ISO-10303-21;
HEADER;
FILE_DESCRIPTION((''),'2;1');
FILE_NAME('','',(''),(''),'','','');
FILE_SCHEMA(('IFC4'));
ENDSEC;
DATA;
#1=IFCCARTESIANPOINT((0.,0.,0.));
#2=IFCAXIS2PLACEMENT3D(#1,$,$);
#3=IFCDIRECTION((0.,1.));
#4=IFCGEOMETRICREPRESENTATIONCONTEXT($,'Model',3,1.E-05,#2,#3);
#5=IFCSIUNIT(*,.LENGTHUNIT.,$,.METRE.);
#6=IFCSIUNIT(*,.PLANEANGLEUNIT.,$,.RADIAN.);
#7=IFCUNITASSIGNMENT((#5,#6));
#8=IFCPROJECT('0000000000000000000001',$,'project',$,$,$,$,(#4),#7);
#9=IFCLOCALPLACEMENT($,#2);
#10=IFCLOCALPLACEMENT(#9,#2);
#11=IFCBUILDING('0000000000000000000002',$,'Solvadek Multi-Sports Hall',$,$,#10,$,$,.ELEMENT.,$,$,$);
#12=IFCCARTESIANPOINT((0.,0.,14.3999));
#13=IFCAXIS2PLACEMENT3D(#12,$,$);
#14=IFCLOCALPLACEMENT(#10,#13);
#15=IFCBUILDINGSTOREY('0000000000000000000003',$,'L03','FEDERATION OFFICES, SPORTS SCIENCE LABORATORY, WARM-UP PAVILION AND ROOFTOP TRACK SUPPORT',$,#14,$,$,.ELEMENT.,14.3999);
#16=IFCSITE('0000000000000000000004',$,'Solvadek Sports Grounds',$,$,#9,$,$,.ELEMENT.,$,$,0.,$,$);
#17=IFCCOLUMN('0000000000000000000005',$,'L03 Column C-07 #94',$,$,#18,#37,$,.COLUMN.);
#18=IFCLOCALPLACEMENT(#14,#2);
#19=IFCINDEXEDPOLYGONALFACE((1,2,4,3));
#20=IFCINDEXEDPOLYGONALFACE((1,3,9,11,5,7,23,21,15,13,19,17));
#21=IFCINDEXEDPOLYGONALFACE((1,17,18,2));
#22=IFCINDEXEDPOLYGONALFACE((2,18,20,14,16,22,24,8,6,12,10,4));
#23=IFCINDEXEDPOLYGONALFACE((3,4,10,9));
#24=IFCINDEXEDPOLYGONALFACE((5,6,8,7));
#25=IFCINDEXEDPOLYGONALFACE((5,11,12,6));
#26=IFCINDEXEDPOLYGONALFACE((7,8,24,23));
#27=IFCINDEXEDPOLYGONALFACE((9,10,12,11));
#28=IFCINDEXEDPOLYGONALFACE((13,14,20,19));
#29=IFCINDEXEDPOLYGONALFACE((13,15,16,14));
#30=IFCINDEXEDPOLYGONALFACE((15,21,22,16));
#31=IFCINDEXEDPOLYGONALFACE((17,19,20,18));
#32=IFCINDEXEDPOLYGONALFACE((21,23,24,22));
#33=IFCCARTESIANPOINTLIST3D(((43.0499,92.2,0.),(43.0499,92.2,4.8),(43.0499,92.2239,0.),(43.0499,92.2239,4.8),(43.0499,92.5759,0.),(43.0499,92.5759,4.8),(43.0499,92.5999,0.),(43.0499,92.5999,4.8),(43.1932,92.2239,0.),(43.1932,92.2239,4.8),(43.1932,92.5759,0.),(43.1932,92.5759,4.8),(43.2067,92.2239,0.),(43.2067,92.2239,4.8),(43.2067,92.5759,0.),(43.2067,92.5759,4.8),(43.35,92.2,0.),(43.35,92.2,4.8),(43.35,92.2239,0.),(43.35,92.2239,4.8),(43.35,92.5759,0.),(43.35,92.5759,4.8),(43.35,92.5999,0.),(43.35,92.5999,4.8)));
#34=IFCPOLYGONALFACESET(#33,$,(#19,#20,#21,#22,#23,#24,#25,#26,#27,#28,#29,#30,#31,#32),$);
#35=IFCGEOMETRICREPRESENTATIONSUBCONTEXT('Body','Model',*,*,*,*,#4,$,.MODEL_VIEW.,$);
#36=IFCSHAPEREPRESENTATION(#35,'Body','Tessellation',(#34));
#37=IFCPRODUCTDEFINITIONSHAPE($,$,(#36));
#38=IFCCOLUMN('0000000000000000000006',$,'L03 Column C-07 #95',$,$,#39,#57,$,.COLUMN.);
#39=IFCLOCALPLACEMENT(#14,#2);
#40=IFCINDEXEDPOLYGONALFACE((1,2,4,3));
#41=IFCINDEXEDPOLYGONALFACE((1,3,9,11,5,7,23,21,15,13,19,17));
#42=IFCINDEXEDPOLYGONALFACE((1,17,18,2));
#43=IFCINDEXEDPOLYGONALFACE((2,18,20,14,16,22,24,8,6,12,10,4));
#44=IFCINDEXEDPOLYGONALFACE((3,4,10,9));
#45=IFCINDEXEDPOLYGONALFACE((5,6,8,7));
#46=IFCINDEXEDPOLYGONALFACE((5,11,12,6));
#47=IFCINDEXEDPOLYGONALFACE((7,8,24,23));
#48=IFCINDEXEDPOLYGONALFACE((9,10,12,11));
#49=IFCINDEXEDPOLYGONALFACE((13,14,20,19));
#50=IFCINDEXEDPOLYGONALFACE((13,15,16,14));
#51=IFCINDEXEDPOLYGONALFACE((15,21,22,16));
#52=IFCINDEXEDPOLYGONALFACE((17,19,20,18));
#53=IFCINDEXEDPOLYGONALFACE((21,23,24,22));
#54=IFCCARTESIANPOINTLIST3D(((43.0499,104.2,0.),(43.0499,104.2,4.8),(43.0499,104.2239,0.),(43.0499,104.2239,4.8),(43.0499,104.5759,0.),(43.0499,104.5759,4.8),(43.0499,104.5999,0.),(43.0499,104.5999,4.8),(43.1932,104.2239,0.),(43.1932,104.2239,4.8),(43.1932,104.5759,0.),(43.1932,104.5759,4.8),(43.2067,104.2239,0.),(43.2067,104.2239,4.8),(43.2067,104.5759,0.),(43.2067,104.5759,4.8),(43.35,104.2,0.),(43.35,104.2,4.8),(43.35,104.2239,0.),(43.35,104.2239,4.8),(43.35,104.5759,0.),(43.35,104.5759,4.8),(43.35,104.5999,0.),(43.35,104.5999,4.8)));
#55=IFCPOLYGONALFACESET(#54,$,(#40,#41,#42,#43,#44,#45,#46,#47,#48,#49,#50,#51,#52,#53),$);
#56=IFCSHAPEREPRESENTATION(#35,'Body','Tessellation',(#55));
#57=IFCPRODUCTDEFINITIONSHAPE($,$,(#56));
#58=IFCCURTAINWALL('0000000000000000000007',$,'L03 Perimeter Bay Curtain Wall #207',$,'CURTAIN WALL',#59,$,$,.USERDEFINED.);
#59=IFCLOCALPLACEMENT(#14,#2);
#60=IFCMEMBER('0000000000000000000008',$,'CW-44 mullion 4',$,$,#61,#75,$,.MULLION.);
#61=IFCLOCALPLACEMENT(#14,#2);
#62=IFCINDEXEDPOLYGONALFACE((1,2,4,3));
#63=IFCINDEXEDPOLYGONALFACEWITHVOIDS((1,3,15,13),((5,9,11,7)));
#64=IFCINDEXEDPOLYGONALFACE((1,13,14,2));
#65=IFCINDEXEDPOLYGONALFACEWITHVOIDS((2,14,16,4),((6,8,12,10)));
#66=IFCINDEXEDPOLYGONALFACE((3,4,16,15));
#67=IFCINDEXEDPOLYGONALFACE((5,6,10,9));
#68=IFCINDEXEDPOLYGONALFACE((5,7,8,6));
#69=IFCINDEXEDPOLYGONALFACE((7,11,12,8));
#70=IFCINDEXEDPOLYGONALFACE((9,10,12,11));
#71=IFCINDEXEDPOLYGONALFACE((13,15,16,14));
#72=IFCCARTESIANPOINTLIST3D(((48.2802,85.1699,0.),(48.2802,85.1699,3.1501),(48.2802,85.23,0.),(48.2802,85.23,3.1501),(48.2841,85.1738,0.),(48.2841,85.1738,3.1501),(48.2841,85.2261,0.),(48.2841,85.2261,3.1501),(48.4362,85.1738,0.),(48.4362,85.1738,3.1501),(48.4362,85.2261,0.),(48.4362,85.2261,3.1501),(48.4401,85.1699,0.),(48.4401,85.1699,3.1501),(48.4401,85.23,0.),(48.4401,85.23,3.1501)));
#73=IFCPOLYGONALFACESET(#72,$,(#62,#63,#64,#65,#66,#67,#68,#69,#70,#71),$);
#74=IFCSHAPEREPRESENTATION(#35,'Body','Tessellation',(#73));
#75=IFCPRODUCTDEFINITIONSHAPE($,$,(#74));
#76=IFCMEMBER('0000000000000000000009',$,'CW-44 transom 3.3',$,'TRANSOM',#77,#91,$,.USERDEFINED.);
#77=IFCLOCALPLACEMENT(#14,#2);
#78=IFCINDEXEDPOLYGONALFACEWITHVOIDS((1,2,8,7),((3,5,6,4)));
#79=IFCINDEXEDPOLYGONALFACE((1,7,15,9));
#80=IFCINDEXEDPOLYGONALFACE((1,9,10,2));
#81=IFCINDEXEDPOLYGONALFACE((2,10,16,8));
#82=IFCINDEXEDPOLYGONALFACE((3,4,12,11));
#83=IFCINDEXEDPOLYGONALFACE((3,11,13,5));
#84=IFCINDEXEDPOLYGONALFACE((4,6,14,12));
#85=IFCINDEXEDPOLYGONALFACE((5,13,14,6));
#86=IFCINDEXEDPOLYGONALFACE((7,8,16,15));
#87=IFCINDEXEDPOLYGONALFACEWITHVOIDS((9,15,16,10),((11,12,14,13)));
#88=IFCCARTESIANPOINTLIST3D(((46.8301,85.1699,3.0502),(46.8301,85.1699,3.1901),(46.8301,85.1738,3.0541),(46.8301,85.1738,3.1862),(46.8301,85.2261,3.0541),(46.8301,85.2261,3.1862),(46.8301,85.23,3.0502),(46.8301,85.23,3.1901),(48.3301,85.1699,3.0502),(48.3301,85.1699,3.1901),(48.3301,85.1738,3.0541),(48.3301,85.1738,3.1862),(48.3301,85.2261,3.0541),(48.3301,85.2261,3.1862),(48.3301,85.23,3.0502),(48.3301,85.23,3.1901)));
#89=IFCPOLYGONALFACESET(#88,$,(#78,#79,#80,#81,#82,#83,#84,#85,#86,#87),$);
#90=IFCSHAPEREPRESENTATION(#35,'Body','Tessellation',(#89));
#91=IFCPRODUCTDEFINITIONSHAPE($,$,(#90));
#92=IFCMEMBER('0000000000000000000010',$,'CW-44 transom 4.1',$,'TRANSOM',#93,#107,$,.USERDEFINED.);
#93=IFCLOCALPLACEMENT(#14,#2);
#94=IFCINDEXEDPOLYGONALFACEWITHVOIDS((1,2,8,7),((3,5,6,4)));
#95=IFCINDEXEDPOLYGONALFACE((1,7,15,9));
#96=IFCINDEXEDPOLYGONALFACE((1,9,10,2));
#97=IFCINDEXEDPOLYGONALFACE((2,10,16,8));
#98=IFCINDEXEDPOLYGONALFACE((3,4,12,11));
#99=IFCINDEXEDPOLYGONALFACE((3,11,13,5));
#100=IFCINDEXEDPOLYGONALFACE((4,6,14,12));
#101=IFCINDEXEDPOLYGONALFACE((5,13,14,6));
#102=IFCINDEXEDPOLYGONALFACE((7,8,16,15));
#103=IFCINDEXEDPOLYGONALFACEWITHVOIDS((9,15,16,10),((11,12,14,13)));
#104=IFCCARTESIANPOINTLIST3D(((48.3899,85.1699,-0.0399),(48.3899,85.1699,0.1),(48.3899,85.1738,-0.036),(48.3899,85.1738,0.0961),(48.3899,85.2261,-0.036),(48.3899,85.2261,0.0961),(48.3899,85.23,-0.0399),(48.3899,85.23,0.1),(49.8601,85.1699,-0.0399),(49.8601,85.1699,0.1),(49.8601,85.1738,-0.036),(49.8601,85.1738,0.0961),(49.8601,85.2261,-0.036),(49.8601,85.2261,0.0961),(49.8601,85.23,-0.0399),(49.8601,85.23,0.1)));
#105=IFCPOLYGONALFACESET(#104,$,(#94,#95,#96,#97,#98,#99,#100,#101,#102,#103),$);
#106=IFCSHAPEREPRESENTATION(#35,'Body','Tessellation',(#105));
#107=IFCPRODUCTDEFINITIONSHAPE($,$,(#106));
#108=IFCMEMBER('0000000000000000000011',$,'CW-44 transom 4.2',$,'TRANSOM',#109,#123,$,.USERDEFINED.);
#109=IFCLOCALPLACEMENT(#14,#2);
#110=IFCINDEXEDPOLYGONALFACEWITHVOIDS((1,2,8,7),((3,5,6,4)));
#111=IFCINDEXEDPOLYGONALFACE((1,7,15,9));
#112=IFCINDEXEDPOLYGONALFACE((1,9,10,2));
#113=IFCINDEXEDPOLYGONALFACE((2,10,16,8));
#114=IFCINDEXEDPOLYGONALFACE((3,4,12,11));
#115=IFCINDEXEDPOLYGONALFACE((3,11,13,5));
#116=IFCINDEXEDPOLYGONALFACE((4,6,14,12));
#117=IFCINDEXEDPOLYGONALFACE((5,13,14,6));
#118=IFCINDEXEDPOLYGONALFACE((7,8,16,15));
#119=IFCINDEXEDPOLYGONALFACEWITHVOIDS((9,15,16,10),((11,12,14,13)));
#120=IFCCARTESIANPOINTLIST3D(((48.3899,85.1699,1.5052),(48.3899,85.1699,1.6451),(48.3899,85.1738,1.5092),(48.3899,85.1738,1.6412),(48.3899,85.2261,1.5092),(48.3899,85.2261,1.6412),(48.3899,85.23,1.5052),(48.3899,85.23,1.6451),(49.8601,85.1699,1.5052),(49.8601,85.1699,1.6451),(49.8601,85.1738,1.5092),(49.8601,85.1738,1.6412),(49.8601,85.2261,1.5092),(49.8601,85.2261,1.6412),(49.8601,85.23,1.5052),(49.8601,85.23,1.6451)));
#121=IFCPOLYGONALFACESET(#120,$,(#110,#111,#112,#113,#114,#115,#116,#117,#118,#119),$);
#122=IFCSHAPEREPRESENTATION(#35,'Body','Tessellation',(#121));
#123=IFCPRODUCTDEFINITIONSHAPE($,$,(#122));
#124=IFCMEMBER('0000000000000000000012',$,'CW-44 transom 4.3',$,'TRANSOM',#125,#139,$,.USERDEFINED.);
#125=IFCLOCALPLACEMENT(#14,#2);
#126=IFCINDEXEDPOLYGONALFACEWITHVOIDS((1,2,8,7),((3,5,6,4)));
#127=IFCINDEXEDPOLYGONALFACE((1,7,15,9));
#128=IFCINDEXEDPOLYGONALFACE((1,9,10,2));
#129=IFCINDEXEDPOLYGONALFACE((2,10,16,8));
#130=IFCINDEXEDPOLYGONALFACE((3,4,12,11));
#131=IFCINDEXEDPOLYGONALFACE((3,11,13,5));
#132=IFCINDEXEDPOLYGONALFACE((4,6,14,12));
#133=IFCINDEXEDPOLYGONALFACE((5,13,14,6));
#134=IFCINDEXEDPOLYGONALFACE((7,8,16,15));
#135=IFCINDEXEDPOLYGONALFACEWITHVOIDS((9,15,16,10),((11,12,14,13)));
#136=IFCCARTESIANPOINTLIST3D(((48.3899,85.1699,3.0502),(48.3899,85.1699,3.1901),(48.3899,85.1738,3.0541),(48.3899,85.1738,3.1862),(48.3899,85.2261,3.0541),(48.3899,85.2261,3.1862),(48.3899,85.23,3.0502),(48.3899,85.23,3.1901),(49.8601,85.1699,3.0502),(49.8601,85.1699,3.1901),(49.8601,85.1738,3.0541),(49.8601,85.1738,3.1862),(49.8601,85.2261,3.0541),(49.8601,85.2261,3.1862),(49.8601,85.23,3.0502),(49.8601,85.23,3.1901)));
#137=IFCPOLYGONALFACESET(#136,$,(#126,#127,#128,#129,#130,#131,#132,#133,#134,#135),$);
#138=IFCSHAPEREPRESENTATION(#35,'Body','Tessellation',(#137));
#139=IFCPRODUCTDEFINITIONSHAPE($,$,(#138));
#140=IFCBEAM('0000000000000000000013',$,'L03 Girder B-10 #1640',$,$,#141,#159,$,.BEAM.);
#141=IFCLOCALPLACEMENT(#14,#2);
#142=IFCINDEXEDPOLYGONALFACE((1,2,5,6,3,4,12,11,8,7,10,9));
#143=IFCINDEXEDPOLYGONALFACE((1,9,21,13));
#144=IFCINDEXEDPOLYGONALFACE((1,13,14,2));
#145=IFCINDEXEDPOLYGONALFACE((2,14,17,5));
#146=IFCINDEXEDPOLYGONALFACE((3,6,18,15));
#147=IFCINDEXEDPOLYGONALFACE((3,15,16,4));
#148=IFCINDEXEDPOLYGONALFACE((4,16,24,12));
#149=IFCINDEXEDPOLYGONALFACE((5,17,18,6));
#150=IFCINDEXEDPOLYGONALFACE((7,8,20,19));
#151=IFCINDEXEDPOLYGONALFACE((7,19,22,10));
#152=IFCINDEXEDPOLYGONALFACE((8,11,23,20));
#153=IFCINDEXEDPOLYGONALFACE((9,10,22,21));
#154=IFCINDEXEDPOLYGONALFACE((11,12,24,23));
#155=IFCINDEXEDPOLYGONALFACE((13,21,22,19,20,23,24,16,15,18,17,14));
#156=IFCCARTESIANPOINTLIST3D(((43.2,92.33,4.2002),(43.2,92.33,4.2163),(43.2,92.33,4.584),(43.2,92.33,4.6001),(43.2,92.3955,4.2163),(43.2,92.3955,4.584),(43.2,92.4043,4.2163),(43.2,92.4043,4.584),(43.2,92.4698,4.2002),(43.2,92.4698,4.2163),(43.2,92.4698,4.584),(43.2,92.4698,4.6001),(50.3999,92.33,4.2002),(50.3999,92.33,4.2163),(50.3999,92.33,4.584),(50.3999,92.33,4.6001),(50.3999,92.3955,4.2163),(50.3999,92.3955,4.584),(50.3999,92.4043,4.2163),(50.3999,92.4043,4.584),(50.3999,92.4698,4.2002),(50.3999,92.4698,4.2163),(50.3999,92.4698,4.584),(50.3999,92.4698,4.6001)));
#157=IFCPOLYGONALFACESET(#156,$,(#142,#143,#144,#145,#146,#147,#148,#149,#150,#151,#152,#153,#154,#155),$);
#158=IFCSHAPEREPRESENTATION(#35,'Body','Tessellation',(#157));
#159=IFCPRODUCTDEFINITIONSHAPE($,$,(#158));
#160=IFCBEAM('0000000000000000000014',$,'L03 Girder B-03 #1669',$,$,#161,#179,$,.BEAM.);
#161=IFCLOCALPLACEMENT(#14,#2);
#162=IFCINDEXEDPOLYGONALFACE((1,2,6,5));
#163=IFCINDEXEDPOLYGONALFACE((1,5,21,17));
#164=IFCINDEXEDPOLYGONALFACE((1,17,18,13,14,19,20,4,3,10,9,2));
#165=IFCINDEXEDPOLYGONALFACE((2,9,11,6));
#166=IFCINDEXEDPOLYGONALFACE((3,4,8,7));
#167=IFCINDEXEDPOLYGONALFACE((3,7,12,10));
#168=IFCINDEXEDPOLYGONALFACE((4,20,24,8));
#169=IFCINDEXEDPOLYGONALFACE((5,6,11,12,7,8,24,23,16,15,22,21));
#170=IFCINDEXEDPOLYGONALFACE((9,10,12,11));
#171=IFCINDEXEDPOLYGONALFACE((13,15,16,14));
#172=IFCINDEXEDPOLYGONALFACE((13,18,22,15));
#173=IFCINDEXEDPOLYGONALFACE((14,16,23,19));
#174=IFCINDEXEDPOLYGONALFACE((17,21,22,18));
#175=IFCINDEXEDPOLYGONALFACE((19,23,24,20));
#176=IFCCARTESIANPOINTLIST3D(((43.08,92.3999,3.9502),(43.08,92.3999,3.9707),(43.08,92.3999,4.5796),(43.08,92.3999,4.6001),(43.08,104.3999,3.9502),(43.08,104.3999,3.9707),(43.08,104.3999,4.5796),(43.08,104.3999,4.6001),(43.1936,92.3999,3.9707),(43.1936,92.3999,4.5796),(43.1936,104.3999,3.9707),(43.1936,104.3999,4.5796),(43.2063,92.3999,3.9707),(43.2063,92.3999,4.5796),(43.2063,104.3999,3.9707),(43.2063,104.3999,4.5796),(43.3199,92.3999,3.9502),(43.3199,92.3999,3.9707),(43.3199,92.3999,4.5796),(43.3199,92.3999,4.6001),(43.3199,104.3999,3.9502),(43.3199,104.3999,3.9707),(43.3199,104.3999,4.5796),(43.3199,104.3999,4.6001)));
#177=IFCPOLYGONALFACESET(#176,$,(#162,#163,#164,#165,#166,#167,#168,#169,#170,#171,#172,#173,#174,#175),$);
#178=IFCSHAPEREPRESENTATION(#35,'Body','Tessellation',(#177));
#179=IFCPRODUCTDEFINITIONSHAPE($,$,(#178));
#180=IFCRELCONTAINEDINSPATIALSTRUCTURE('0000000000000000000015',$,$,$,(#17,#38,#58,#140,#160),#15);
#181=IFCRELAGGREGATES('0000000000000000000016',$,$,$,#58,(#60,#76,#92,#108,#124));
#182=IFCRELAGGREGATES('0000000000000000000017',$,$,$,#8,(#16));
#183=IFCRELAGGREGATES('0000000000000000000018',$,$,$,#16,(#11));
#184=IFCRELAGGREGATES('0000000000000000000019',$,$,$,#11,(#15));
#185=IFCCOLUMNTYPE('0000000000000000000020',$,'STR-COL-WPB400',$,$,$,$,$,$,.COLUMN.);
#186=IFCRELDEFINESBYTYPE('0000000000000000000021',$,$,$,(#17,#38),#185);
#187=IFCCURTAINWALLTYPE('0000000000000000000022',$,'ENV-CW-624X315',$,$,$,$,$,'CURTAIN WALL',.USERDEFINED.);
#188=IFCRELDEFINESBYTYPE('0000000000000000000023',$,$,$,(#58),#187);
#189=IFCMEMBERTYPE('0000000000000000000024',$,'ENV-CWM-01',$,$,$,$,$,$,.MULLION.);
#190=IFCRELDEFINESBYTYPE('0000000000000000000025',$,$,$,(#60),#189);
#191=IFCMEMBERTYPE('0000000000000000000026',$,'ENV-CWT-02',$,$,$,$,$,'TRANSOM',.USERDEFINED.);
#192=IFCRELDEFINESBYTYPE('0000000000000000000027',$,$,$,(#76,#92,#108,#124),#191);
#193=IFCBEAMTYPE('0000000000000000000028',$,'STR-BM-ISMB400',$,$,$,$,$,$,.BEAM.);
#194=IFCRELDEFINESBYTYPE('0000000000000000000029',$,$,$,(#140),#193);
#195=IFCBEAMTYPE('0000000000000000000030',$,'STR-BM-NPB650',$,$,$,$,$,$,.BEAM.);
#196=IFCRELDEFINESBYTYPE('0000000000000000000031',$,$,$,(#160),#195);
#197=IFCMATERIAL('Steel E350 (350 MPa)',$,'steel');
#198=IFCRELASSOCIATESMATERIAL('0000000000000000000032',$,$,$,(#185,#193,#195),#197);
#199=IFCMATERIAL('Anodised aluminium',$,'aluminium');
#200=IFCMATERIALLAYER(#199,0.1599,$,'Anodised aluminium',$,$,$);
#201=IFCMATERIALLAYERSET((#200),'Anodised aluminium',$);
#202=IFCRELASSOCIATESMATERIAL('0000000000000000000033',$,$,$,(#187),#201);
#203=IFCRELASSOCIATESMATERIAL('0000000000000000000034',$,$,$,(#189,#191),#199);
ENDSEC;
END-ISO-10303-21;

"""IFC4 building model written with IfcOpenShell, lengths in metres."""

from ifc_helpers import new_model, si_unit, direction, frame, origin, origin_2d, place, context, subcontext, project, spatial, hollow_rectangle, i_section, extrude, material, layer, layer_set, material_profile, profile_set, type_object, element, aggregate, save


model = new_model("IFC4")

# Units and contexts
model_context = context("Model", 3, precision=1e-05, world=origin(), true_north=direction((0.0, 1.0)))
body_context = subcontext(model_context, "Body", "Model", "MODEL_VIEW")
ifc_project = project(units=[si_unit("LENGTHUNIT", "METRE"), si_unit("PLANEANGLEUNIT", "RADIAN")], contexts=[model_context])

# Site, building, storey
site_placement = place(None, origin())
site = spatial("IfcSite", under=ifc_project, at=site_placement, Name="Solvadek Sports Grounds", CompositionType="ELEMENT", RefElevation=0.0)
building_placement = place(site_placement, origin())
building = spatial("IfcBuilding", under=site, at=building_placement, Name="Solvadek Multi-Sports Hall", CompositionType="ELEMENT")
storey_placement = place(building_placement, frame((0.0, 0.0, 14.3999)))
storey = spatial("IfcBuildingStorey", under=building, at=storey_placement, Name="L03", Description="FEDERATION OFFICES, SPORTS SCIENCE LABORATORY, WARM-UP PAVILION AND ROOFTOP TRACK SUPPORT", CompositionType="ELEMENT", Elevation=14.3999)

# Columns
ifc_material_1 = material(Name="Steel E350 (350 MPa)", Category="steel")
ifc_material_profile_1 = material_profile(ifc_material_1, i_section(OverallWidth=0.3, OverallDepth=0.3999, WebThickness=0.0134, FlangeThickness=0.0239, at=origin_2d()), Name="WPB 400")
ifc_profile_set_1 = profile_set([ifc_material_profile_1], Name="Steel E350 (350 MPa)")
column_type = type_object("IfcColumnType", Name="STR-COL-WPB400", PredefinedType="COLUMN", material=ifc_profile_set_1)
for number, where, z_axis, x_axis, name in (
    (1, (43.2, 92.3999, 0.0), (0.0, 0.0, 1.0), (1.0, 0.0, 0.0), "L03 Column C-07 #94"),
    (2, (43.2, 104.3999, 0.0), (0.0, 0.0, 1.0), (1.0, 0.0, 0.0), "L03 Column C-07 #95"),
):
    element("IfcColumn", number, at=place(storey_placement, frame(where, z_axis=z_axis, x_axis=x_axis)), inside=storey, type_object=column_type, Name=name, PredefinedType="COLUMN", context=body_context, shape_type="SweptSolid", body=[
        extrude(i_section(OverallWidth=0.3, OverallDepth=0.3999, WebThickness=0.0134, FlangeThickness=0.0239, at=origin_2d()), origin(), (0.0, 0.0, 1.0), 4.8),
    ])

# Curtain wall, members
ifc_material_2 = material(Name="Anodised aluminium", Category="aluminium")
ifc_layer_1 = layer(ifc_material_2, 0.1599, Name="Anodised aluminium")
ifc_layer_set_1 = layer_set([ifc_layer_1], Name="Anodised aluminium")
curtain_wall_type = type_object("IfcCurtainWallType", Name="ENV-CW-624X315", ElementType="CURTAIN WALL", PredefinedType="USERDEFINED", material=ifc_layer_set_1)
curtain_wall_placement = place(storey_placement, origin())
curtain_wall = element("IfcCurtainWall", 3, at=curtain_wall_placement, inside=storey, type_object=curtain_wall_type, Name="L03 Perimeter Bay Curtain Wall #207", ObjectType="CURTAIN WALL", PredefinedType="USERDEFINED")
ifc_material_profile_2 = material_profile(ifc_material_2, hollow_rectangle(XDim=0.0601, YDim=0.1599, WallThickness=0.0039, at=origin_2d()), Name="ALU-M 160x60x4")
ifc_profile_set_2 = profile_set([ifc_material_profile_2], Name="Anodised aluminium")
member_type_1 = type_object("IfcMemberType", Name="ENV-CWM-01", PredefinedType="MULLION", material=ifc_profile_set_2)
member_1_placement = place(storey_placement, frame((48.3601, 85.2, 0.0), z_axis=(0.0, 0.0, 1.0), x_axis=(0.0, 1.0, 0.0)))
member_1 = element("IfcMember", 4, at=member_1_placement, type_object=member_type_1, Name="CW-44 mullion 4", PredefinedType="MULLION", context=body_context, shape_type="SweptSolid", body=[
    extrude(hollow_rectangle(XDim=0.0601, YDim=0.1599, WallThickness=0.0039, at=origin_2d()), origin(), (0.0, 0.0, 1.0), 3.1501),
])
ifc_material_profile_3 = material_profile(ifc_material_2, hollow_rectangle(XDim=0.0601, YDim=0.1399, WallThickness=0.0039, at=origin_2d()), Name="ALU-T 140x60x4")
ifc_profile_set_3 = profile_set([ifc_material_profile_3], Name="Anodised aluminium")
member_type_2 = type_object("IfcMemberType", Name="ENV-CWT-02", ElementType="TRANSOM", PredefinedType="USERDEFINED", material=ifc_profile_set_3)
member_2_placement = place(storey_placement, frame((46.8301, 85.2, 3.1201), z_axis=(1.0, 0.0, 0.0), x_axis=(0.0, 1.0, 0.0)))
member_2 = element("IfcMember", 5, at=member_2_placement, type_object=member_type_2, Name="CW-44 transom 3.3", ObjectType="TRANSOM", PredefinedType="USERDEFINED", context=body_context, shape_type="SweptSolid", body=[
    extrude(hollow_rectangle(XDim=0.0601, YDim=0.1399, WallThickness=0.0039, at=origin_2d()), origin(), (0.0, 0.0, 1.0), 1.5),
])
member_3_placement = place(storey_placement, frame((48.3899, 85.2, 0.03), z_axis=(1.0, 0.0, 0.0), x_axis=(0.0, 1.0, 0.0)))
member_3 = element("IfcMember", 6, at=member_3_placement, type_object=member_type_2, Name="CW-44 transom 4.1", ObjectType="TRANSOM", PredefinedType="USERDEFINED", context=body_context, shape_type="SweptSolid", body=[
    extrude(hollow_rectangle(XDim=0.0601, YDim=0.1399, WallThickness=0.0039, at=origin_2d()), origin(), (0.0, 0.0, 1.0), 1.4702),
])
member_4_placement = place(storey_placement, frame((48.3899, 85.2, 1.5752), z_axis=(1.0, 0.0, 0.0), x_axis=(0.0, 1.0, 0.0)))
member_4 = element("IfcMember", 7, at=member_4_placement, type_object=member_type_2, Name="CW-44 transom 4.2", ObjectType="TRANSOM", PredefinedType="USERDEFINED", context=body_context, shape_type="SweptSolid", body=[
    extrude(hollow_rectangle(XDim=0.0601, YDim=0.1399, WallThickness=0.0039, at=origin_2d()), origin(), (0.0, 0.0, 1.0), 1.4702),
])
member_5_placement = place(storey_placement, frame((48.3899, 85.2, 3.1201), z_axis=(1.0, 0.0, 0.0), x_axis=(0.0, 1.0, 0.0)))
member_5 = element("IfcMember", 8, at=member_5_placement, type_object=member_type_2, Name="CW-44 transom 4.3", ObjectType="TRANSOM", PredefinedType="USERDEFINED", context=body_context, shape_type="SweptSolid", body=[
    extrude(hollow_rectangle(XDim=0.0601, YDim=0.1399, WallThickness=0.0039, at=origin_2d()), origin(), (0.0, 0.0, 1.0), 1.4702),
])

# Beams
ifc_material_profile_4 = material_profile(ifc_material_1, i_section(OverallWidth=0.1399, OverallDepth=0.3999, WebThickness=0.0088, FlangeThickness=0.0161, at=origin_2d()), Name="ISMB 400")
ifc_profile_set_4 = profile_set([ifc_material_profile_4], Name="Steel E350 (350 MPa)")
beam_type_1 = type_object("IfcBeamType", Name="STR-BM-ISMB400", PredefinedType="BEAM", material=ifc_profile_set_4)
beam_1_placement = place(storey_placement, frame((43.2, 92.3999, 4.4001), z_axis=(1.0, 0.0, 0.0), x_axis=(0.0, 1.0, 0.0)))
element("IfcBeam", 9, at=beam_1_placement, inside=storey, type_object=beam_type_1, Name="L03 Girder B-10 #1640", PredefinedType="BEAM", context=body_context, shape_type="SweptSolid", body=[
    extrude(i_section(OverallWidth=0.1399, OverallDepth=0.3999, WebThickness=0.0088, FlangeThickness=0.0161, at=origin_2d()), origin(), (0.0, 0.0, 1.0), 7.2),
])
ifc_material_profile_5 = material_profile(ifc_material_1, i_section(OverallWidth=0.24, OverallDepth=0.6499, WebThickness=0.0127, FlangeThickness=0.0205, at=origin_2d()), Name="NPB 650")
ifc_profile_set_5 = profile_set([ifc_material_profile_5], Name="Steel E350 (350 MPa)")
beam_type_2 = type_object("IfcBeamType", Name="STR-BM-NPB650", PredefinedType="BEAM", material=ifc_profile_set_5)
beam_2_placement = place(storey_placement, frame((43.2, 92.3999, 4.2751), z_axis=(0.0, 1.0, 0.0), x_axis=(-1.0, 0.0, 0.0)))
element("IfcBeam", 10, at=beam_2_placement, inside=storey, type_object=beam_type_2, Name="L03 Girder B-03 #1669", PredefinedType="BEAM", context=body_context, shape_type="SweptSolid", body=[
    extrude(i_section(OverallWidth=0.24, OverallDepth=0.6499, WebThickness=0.0127, FlangeThickness=0.0205, at=origin_2d()), origin(), (0.0, 0.0, 1.0), 12.0),
])

aggregate(curtain_wall, [member_1, member_2, member_3, member_4, member_5])

save(model, "model.ifc")
